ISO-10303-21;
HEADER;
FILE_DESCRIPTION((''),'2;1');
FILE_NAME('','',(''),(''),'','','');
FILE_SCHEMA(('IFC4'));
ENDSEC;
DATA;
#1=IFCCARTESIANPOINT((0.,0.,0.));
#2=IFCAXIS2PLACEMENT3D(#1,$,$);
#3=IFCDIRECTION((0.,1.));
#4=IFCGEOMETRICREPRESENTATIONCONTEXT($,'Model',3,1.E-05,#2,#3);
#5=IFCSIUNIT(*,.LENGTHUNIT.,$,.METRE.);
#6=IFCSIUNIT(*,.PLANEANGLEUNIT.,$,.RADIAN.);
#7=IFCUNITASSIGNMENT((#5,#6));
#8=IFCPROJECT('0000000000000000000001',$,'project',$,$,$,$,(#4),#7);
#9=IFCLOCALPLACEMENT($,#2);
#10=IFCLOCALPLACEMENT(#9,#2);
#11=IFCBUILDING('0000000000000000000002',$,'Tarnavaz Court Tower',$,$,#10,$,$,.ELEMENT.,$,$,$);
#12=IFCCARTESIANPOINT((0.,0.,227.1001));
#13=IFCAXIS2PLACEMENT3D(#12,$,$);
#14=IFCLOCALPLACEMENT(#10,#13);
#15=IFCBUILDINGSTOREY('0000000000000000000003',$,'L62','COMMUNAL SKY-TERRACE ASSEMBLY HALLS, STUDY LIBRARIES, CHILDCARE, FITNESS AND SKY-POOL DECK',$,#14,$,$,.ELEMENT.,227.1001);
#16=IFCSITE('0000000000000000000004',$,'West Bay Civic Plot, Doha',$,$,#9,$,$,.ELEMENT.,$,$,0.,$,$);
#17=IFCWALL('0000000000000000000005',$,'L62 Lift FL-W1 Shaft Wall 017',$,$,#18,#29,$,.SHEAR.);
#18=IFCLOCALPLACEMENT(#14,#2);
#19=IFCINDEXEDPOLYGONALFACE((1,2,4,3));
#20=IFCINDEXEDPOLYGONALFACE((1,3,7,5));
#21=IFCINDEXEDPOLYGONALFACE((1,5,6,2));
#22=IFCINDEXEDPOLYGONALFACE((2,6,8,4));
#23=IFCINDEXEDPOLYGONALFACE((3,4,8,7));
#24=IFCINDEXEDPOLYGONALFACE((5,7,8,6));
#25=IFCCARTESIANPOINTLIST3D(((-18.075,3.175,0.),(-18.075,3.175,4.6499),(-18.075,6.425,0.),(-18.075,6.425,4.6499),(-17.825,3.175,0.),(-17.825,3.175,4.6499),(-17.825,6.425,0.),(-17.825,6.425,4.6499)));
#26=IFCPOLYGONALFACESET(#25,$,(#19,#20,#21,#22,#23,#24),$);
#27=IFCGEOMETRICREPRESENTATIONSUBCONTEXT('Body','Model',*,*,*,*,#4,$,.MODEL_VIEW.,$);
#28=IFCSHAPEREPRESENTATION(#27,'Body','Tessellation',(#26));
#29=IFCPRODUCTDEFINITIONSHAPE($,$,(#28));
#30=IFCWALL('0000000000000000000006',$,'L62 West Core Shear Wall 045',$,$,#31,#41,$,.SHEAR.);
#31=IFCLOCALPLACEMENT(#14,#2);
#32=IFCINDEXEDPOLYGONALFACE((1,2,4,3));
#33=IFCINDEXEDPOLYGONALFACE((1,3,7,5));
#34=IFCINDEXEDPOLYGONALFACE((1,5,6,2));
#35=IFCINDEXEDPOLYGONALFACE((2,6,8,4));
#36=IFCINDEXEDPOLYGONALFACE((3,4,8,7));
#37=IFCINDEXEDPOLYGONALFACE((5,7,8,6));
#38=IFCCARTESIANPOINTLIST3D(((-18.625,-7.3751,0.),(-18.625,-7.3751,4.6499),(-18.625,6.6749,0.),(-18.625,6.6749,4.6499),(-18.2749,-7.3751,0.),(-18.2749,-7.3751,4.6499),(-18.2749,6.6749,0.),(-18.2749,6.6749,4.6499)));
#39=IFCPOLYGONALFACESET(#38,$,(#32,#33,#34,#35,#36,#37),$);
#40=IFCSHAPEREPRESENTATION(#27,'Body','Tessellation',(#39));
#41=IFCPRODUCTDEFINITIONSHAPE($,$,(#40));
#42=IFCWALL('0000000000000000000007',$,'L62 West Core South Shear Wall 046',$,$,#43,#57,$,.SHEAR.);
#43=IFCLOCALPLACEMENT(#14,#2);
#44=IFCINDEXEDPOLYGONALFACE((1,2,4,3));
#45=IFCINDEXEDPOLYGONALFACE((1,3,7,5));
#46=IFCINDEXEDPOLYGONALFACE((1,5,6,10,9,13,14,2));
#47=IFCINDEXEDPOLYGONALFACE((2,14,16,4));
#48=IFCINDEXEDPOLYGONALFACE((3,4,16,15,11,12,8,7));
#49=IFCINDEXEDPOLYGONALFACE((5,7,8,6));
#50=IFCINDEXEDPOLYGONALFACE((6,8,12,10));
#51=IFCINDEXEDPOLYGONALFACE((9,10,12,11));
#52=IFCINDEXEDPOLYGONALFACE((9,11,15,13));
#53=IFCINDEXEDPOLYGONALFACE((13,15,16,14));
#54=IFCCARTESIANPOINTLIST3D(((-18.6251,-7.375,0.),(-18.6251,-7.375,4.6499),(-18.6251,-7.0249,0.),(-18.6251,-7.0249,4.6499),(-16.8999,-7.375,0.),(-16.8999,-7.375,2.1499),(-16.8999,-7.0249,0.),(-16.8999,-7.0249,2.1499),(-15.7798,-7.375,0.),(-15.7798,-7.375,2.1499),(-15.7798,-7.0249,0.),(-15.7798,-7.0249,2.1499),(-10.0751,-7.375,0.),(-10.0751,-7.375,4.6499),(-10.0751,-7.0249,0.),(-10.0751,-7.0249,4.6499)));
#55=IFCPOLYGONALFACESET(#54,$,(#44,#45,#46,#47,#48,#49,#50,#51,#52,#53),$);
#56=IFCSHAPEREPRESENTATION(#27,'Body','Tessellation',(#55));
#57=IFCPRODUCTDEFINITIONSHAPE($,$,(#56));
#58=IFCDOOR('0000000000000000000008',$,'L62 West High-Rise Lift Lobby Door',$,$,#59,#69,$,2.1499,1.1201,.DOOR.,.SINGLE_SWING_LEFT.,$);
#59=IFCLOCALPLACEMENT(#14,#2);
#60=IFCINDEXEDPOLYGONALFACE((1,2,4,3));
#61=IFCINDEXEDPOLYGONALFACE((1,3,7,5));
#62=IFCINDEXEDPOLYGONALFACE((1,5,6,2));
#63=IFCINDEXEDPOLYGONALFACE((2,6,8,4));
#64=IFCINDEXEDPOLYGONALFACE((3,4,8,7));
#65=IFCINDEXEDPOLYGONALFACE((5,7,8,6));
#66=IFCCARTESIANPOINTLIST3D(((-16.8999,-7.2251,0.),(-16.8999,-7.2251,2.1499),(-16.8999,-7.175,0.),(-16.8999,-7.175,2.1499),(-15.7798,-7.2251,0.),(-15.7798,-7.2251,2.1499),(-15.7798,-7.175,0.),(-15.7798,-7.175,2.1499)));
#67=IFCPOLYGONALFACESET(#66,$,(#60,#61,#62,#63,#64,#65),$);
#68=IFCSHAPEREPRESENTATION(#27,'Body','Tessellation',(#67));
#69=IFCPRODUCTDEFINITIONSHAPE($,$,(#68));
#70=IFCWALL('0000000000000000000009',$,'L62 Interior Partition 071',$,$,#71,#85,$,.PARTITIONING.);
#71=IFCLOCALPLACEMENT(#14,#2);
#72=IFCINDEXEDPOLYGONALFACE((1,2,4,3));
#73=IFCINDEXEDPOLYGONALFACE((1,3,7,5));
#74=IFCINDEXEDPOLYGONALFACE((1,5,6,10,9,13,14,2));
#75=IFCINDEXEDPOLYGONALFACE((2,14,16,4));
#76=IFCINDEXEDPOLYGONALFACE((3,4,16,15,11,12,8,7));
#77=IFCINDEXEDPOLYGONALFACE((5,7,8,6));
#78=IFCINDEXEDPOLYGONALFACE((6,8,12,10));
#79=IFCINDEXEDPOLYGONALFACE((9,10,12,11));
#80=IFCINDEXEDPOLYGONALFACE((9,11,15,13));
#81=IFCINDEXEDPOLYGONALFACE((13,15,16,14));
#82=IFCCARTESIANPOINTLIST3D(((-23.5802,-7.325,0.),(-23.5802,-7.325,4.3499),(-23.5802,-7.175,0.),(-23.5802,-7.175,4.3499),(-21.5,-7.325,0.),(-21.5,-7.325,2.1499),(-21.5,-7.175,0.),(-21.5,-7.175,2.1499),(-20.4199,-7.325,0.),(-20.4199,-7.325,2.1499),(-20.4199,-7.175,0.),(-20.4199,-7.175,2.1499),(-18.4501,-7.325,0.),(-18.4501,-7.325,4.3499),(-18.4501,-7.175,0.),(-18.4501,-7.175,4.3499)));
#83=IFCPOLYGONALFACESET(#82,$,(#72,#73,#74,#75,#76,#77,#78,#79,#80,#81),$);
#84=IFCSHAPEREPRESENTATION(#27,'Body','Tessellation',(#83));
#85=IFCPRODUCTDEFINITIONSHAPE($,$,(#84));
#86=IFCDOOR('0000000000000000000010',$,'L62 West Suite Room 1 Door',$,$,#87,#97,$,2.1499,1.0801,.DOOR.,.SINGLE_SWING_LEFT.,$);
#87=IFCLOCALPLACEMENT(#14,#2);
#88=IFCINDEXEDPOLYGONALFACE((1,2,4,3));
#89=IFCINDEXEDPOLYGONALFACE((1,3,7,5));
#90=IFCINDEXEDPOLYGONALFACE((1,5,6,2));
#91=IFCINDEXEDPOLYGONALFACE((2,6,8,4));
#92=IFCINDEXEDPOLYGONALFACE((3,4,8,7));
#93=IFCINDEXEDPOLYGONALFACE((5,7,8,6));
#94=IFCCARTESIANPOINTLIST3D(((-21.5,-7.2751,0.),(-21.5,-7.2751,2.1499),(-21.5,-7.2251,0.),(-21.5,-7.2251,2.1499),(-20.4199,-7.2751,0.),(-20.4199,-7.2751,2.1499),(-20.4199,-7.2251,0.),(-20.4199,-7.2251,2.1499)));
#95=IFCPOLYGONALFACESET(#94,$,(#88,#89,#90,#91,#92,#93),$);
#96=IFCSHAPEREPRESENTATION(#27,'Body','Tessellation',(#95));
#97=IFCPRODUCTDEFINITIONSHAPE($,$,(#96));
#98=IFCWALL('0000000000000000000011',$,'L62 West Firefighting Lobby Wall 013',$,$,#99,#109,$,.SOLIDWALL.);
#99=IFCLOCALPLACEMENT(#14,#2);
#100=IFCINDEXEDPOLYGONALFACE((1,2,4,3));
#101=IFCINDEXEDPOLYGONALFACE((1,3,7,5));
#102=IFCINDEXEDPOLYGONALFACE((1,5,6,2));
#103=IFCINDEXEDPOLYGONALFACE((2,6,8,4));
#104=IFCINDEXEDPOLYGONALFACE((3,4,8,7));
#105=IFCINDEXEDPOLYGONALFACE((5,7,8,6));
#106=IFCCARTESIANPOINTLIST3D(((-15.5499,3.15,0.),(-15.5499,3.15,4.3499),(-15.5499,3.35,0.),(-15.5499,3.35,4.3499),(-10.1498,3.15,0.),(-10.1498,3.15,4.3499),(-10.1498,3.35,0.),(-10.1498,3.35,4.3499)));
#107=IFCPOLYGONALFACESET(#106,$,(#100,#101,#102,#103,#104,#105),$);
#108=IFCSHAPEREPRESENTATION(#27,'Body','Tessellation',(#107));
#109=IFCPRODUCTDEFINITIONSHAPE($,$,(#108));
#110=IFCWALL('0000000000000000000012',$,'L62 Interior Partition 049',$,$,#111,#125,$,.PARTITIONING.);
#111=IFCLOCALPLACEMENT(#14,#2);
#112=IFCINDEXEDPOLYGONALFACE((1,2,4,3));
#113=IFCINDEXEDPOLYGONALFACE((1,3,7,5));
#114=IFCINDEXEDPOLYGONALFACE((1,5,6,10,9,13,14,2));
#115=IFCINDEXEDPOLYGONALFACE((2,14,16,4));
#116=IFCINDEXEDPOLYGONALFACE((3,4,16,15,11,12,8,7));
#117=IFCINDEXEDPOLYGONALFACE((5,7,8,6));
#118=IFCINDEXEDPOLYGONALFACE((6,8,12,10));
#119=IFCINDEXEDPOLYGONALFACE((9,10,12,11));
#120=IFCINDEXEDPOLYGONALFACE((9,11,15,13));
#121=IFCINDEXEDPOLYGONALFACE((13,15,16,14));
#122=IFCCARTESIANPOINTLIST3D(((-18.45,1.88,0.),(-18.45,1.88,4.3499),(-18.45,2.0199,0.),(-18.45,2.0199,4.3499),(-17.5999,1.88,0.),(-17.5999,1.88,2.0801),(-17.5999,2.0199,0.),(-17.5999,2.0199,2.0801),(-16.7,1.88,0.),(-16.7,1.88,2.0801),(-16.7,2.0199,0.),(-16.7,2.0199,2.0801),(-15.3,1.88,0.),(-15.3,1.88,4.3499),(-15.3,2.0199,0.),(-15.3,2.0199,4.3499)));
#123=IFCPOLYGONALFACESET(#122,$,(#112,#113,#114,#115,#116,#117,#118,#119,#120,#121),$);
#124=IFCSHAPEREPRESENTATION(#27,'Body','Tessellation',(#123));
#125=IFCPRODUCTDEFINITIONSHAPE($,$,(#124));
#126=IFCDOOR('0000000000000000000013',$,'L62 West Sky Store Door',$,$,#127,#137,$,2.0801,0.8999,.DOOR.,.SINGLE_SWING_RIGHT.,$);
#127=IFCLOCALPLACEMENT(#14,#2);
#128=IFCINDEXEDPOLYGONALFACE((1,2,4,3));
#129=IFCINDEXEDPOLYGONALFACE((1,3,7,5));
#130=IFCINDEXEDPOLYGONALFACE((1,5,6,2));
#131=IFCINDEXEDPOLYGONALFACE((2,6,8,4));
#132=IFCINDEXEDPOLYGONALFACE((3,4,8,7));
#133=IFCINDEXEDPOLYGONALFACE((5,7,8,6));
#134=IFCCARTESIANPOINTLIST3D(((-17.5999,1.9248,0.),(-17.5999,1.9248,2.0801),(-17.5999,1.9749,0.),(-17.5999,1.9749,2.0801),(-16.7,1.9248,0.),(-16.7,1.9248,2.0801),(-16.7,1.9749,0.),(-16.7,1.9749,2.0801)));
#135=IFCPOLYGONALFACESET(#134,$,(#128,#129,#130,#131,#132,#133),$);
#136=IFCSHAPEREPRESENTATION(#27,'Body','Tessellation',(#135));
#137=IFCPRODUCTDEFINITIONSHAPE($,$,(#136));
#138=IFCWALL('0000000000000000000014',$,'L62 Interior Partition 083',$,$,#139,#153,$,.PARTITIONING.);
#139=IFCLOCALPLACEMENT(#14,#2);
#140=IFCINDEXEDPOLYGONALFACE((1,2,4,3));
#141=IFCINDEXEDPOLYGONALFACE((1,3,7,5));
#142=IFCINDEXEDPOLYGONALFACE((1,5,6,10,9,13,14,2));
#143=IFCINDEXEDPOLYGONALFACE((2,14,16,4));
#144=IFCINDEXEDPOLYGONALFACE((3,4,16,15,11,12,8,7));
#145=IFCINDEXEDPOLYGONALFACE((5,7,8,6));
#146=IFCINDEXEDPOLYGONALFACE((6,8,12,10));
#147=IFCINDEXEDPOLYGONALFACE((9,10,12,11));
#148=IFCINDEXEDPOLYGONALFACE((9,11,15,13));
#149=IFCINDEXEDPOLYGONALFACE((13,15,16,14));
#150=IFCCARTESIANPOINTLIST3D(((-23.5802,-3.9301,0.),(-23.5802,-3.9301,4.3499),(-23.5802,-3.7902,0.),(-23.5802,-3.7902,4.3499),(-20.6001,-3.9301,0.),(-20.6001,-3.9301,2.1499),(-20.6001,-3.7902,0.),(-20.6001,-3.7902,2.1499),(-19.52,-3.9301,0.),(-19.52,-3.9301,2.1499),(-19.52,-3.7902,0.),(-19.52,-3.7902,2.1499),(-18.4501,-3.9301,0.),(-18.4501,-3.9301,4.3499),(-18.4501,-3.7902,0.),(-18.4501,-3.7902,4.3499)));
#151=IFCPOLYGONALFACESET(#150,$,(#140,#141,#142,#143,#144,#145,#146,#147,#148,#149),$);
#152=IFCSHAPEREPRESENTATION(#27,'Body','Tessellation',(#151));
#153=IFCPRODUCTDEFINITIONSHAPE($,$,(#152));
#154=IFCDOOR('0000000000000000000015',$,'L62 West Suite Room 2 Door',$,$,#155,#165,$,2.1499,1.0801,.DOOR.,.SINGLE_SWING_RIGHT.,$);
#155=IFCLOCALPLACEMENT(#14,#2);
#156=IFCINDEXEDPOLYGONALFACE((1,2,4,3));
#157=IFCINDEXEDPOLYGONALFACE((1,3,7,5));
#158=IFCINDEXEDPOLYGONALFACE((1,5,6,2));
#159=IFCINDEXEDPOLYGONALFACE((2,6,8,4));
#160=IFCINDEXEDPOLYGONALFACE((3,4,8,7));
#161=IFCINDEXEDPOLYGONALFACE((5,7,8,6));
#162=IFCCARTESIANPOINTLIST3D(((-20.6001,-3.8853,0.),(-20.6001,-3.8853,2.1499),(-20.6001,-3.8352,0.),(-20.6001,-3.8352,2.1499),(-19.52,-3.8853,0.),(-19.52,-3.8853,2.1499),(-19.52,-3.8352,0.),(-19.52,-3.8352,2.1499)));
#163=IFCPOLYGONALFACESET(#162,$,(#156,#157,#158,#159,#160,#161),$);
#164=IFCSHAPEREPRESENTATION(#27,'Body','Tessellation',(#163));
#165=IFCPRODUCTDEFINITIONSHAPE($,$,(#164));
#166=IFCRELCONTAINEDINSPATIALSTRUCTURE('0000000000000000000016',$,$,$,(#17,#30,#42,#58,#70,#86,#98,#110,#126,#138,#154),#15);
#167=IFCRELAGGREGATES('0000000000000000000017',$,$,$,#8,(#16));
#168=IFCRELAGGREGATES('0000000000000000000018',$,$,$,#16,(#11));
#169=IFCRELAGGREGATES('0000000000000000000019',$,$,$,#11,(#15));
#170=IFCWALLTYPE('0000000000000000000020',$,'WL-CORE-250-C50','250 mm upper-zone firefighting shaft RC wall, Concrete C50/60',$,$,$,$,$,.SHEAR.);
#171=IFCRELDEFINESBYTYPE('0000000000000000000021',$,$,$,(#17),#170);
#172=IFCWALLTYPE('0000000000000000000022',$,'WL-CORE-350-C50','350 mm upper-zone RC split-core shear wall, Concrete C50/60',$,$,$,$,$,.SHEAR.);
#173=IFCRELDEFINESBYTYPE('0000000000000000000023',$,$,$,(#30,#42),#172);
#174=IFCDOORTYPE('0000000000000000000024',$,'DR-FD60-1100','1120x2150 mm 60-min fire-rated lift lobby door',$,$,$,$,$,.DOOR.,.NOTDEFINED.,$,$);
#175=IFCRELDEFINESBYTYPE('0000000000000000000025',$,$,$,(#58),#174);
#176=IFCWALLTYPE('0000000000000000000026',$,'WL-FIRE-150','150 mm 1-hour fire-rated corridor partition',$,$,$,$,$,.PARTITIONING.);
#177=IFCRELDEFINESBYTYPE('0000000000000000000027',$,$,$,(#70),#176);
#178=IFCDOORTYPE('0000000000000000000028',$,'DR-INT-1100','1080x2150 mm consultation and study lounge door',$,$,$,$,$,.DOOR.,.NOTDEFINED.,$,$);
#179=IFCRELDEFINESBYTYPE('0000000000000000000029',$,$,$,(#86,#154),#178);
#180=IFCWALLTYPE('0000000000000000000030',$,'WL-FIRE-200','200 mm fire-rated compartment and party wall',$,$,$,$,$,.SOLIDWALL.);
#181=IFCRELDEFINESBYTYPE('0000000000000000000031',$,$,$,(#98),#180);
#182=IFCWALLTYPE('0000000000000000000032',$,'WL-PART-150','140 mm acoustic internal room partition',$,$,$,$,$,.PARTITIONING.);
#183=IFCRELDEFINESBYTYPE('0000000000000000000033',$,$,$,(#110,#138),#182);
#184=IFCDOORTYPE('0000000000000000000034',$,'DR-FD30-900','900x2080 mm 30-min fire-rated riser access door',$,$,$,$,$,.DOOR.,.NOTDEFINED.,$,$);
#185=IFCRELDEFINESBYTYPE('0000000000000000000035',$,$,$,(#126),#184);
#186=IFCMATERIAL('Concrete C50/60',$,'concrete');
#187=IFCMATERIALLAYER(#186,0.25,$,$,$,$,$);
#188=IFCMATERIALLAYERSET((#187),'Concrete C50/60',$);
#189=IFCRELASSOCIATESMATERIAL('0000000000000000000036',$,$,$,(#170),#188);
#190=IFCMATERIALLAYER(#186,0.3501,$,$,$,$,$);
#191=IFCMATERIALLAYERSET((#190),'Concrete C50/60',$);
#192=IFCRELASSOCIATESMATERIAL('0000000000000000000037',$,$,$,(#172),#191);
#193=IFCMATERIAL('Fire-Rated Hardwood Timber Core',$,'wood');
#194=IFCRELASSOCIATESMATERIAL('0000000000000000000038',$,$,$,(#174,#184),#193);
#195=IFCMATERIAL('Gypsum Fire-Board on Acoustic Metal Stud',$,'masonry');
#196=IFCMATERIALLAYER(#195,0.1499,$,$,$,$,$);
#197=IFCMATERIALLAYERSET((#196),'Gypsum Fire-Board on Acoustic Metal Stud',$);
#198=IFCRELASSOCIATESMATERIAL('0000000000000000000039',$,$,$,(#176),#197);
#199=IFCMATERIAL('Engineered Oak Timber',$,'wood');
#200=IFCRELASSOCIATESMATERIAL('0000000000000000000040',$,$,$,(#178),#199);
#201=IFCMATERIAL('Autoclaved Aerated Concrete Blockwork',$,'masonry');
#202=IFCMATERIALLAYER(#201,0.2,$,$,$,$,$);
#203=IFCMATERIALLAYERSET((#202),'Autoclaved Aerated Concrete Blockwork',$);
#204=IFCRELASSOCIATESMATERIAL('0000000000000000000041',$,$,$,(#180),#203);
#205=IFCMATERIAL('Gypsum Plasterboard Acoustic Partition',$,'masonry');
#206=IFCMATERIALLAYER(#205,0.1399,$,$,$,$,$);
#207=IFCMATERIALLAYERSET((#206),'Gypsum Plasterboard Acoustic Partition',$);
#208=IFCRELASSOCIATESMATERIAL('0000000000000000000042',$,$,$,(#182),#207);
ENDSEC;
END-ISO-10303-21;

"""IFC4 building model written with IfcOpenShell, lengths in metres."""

from ifc_helpers import new_model, si_unit, direction, frame, frame_2d, origin, place, context, subcontext, project, spatial, rectangle, extrude, material, layer, layer_set, type_object, element, fill, save


model = new_model("IFC4")

# Units and contexts
model_context = context("Model", 3, precision=1e-05, world=origin(), true_north=direction((0.0, 1.0)))
body_context = subcontext(model_context, "Body", "Model", "MODEL_VIEW")
ifc_project = project(units=[si_unit("LENGTHUNIT", "METRE"), si_unit("PLANEANGLEUNIT", "RADIAN")], contexts=[model_context])

# Site, building, storey
site_placement = place(None, origin())
site = spatial("IfcSite", under=ifc_project, at=site_placement, Name="West Bay Civic Plot, Doha", CompositionType="ELEMENT", RefElevation=0.0)
building_placement = place(site_placement, origin())
building = spatial("IfcBuilding", under=site, at=building_placement, Name="Tarnavaz Court Tower", CompositionType="ELEMENT")
storey_placement = place(building_placement, frame((0.0, 0.0, 227.1001)))
storey = spatial("IfcBuildingStorey", under=building, at=storey_placement, Name="L62", Description="COMMUNAL SKY-TERRACE ASSEMBLY HALLS, STUDY LIBRARIES, CHILDCARE, FITNESS AND SKY-POOL DECK", CompositionType="ELEMENT", Elevation=227.1001)

# Shared definitions
ifc_material_1 = material(Name="Concrete C50/60", Category="concrete")

# Wall
ifc_layer_1 = layer(ifc_material_1, 0.25)
ifc_layer_set_1 = layer_set([ifc_layer_1], Name="Concrete C50/60")
wall_type_1 = type_object("IfcWallType", Name="WL-CORE-250-C50", Description="250 mm upper-zone firefighting shaft RC wall, Concrete C50/60", PredefinedType="SHEAR", material=ifc_layer_set_1)
wall_1_placement = place(storey_placement, frame((-17.95, 3.175, 0.0), z_axis=(0.0, 0.0, 1.0), x_axis=(0.0, 1.0, 0.0)))
element("IfcWall", 1, at=wall_1_placement, inside=storey, type_object=wall_type_1, Name="L62 Lift FL-W1 Shaft Wall 017", PredefinedType="SHEAR", context=body_context, shape_type="SweptSolid", body=[
    extrude(rectangle(XDim=3.25, YDim=0.25, at=frame_2d((1.625, 0.0))), origin(), (0.0, 0.0, 1.0), 4.6499),
])

# Wall
ifc_layer_2 = layer(ifc_material_1, 0.3501)
ifc_layer_set_2 = layer_set([ifc_layer_2], Name="Concrete C50/60")
wall_type_2 = type_object("IfcWallType", Name="WL-CORE-350-C50", Description="350 mm upper-zone RC split-core shear wall, Concrete C50/60", PredefinedType="SHEAR", material=ifc_layer_set_2)
wall_2_placement = place(storey_placement, frame((-18.45, -7.375, 0.0), z_axis=(0.0, 0.0, 1.0), x_axis=(0.0, 1.0, 0.0)))
element("IfcWall", 2, at=wall_2_placement, inside=storey, type_object=wall_type_2, Name="L62 West Core Shear Wall 045", PredefinedType="SHEAR", context=body_context, shape_type="SweptSolid", body=[
    extrude(rectangle(XDim=14.05, YDim=0.3501, at=frame_2d((7.0249, 0.0))), origin(), (0.0, 0.0, 1.0), 4.6499),
])

# Walls, openings, doors
wall_3_placement = place(storey_placement, frame((-18.625, -7.2, 0.0), z_axis=(0.0, 0.0, 1.0), x_axis=(1.0, 0.0, 0.0)))
wall_3 = element("IfcWall", 3, at=wall_3_placement, inside=storey, type_object=wall_type_2, Name="L62 West Core South Shear Wall 046", PredefinedType="SHEAR", context=body_context, shape_type="SweptSolid", body=[
    extrude(rectangle(XDim=8.55, YDim=0.3501, at=frame_2d((4.2749, 0.0))), origin(), (0.0, 0.0, 1.0), 4.6499),
])
opening_1_placement = place(wall_3_placement, frame((1.7251, 0.0, 0.0)))
opening_1 = element("IfcOpeningElement", 4, at=opening_1_placement, cuts=wall_3, PredefinedType="OPENING", context=body_context, shape_type="SweptSolid", body=[
    extrude(rectangle(XDim=1.1201, YDim=2.1499, at=frame_2d((0.5601, 1.075))), frame((0.0, 0.1851, 0.0), z_axis=(0.0, -1.0, 0.0), x_axis=(1.0, 0.0, 0.0)), (0.0, 0.0, 1.0), 0.3701),
])
ifc_material_2 = material(Name="Fire-Rated Hardwood Timber Core", Category="wood")
door_type_1 = type_object("IfcDoorType", Name="DR-FD60-1100", Description="1120x2150 mm 60-min fire-rated lift lobby door", OperationType="NOTDEFINED", PredefinedType="DOOR", material=ifc_material_2)
door_1_placement = place(opening_1_placement, origin())
door_1 = element("IfcDoor", 5, at=door_1_placement, inside=storey, type_object=door_type_1, Name="L62 West High-Rise Lift Lobby Door", OperationType="SINGLE_SWING_LEFT", OverallHeight=2.1499, OverallWidth=1.1201, PredefinedType="DOOR", context=body_context, shape_type="SweptSolid", body=[
    extrude(rectangle(XDim=1.1201, YDim=2.1499, at=frame_2d((0.5601, 1.075))), frame((0.0, 0.0249, 0.0), z_axis=(0.0, -1.0, 0.0), x_axis=(1.0, 0.0, 0.0)), (0.0, 0.0, 1.0), 0.05),
])
fill(opening_1, door_1)
ifc_material_3 = material(Name="Gypsum Fire-Board on Acoustic Metal Stud", Category="masonry")
ifc_layer_3 = layer(ifc_material_3, 0.1499)
ifc_layer_set_3 = layer_set([ifc_layer_3], Name="Gypsum Fire-Board on Acoustic Metal Stud")
wall_type_3 = type_object("IfcWallType", Name="WL-FIRE-150", Description="150 mm 1-hour fire-rated corridor partition", PredefinedType="PARTITIONING", material=ifc_layer_set_3)
wall_4_placement = place(storey_placement, frame((-23.5801, -7.25, 0.0), z_axis=(0.0, 0.0, 1.0), x_axis=(1.0, 0.0, 0.0)))
wall_4 = element("IfcWall", 6, at=wall_4_placement, inside=storey, type_object=wall_type_3, Name="L62 Interior Partition 071", PredefinedType="PARTITIONING", context=body_context, shape_type="SweptSolid", body=[
    extrude(rectangle(XDim=5.1301, YDim=0.1499, at=frame_2d((2.5649, 0.0))), origin(), (0.0, 0.0, 1.0), 4.3499),
])
opening_2_placement = place(wall_4_placement, frame((2.0801, 0.0, 0.0)))
opening_2 = element("IfcOpeningElement", 7, at=opening_2_placement, cuts=wall_4, PredefinedType="OPENING", context=body_context, shape_type="SweptSolid", body=[
    extrude(rectangle(XDim=1.0801, YDim=2.1499, at=frame_2d((0.54, 1.075))), frame((0.0, 0.085, 0.0), z_axis=(0.0, -1.0, 0.0), x_axis=(1.0, 0.0, 0.0)), (0.0, 0.0, 1.0), 0.1699),
])
ifc_material_4 = material(Name="Engineered Oak Timber", Category="wood")
door_type_2 = type_object("IfcDoorType", Name="DR-INT-1100", Description="1080x2150 mm consultation and study lounge door", OperationType="NOTDEFINED", PredefinedType="DOOR", material=ifc_material_4)
door_2_placement = place(opening_2_placement, origin())
door_2 = element("IfcDoor", 8, at=door_2_placement, inside=storey, type_object=door_type_2, Name="L62 West Suite Room 1 Door", OperationType="SINGLE_SWING_LEFT", OverallHeight=2.1499, OverallWidth=1.0801, PredefinedType="DOOR", context=body_context, shape_type="SweptSolid", body=[
    extrude(rectangle(XDim=1.0801, YDim=2.1499, at=frame_2d((0.54, 1.075))), frame((0.0, 0.0249, 0.0), z_axis=(0.0, -1.0, 0.0), x_axis=(1.0, 0.0, 0.0)), (0.0, 0.0, 1.0), 0.05),
])
fill(opening_2, door_2)

# Wall
ifc_material_5 = material(Name="Autoclaved Aerated Concrete Blockwork", Category="masonry")
ifc_layer_4 = layer(ifc_material_5, 0.2)
ifc_layer_set_4 = layer_set([ifc_layer_4], Name="Autoclaved Aerated Concrete Blockwork")
wall_type_4 = type_object("IfcWallType", Name="WL-FIRE-200", Description="200 mm fire-rated compartment and party wall", PredefinedType="SOLIDWALL", material=ifc_layer_set_4)
wall_5_placement = place(storey_placement, frame((-15.55, 3.25, 0.0), z_axis=(0.0, 0.0, 1.0), x_axis=(1.0, 0.0, 0.0)))
element("IfcWall", 9, at=wall_5_placement, inside=storey, type_object=wall_type_4, Name="L62 West Firefighting Lobby Wall 013", PredefinedType="SOLIDWALL", context=body_context, shape_type="SweptSolid", body=[
    extrude(rectangle(XDim=5.4001, YDim=0.2, at=frame_2d((2.7002, 0.0))), origin(), (0.0, 0.0, 1.0), 4.3499),
])

# Walls, openings, doors
ifc_material_6 = material(Name="Gypsum Plasterboard Acoustic Partition", Category="masonry")
ifc_layer_5 = layer(ifc_material_6, 0.1399)
ifc_layer_set_5 = layer_set([ifc_layer_5], Name="Gypsum Plasterboard Acoustic Partition")
wall_type_5 = type_object("IfcWallType", Name="WL-PART-150", Description="140 mm acoustic internal room partition", PredefinedType="PARTITIONING", material=ifc_layer_set_5)
wall_6_placement = place(storey_placement, frame((-18.45, 1.95, 0.0), z_axis=(0.0, 0.0, 1.0), x_axis=(1.0, 0.0, 0.0)))
wall_6 = element("IfcWall", 10, at=wall_6_placement, inside=storey, type_object=wall_type_5, Name="L62 Interior Partition 049", PredefinedType="PARTITIONING", context=body_context, shape_type="SweptSolid", body=[
    extrude(rectangle(XDim=3.1499, YDim=0.1399, at=frame_2d((1.575, 0.0))), origin(), (0.0, 0.0, 1.0), 4.3499),
])
opening_3_placement = place(wall_6_placement, frame((0.8501, 0.0, 0.0)))
opening_3 = element("IfcOpeningElement", 11, at=opening_3_placement, cuts=wall_6, PredefinedType="OPENING", context=body_context, shape_type="SweptSolid", body=[
    extrude(rectangle(XDim=0.8999, YDim=2.0801, at=frame_2d((0.45, 1.04))), frame((0.0, 0.0798, 0.0), z_axis=(0.0, -1.0, 0.0), x_axis=(1.0, 0.0, 0.0)), (0.0, 0.0, 1.0), 0.1599),
])
door_type_3 = type_object("IfcDoorType", Name="DR-FD30-900", Description="900x2080 mm 30-min fire-rated riser access door", OperationType="NOTDEFINED", PredefinedType="DOOR", material=ifc_material_2)
door_3_placement = place(opening_3_placement, origin())
door_3 = element("IfcDoor", 12, at=door_3_placement, inside=storey, type_object=door_type_3, Name="L62 West Sky Store Door", OperationType="SINGLE_SWING_RIGHT", OverallHeight=2.0801, OverallWidth=0.8999, PredefinedType="DOOR", context=body_context, shape_type="SweptSolid", body=[
    extrude(rectangle(XDim=0.8999, YDim=2.0801, at=frame_2d((0.45, 1.04))), frame((0.0, 0.0249, 0.0), z_axis=(0.0, -1.0, 0.0), x_axis=(1.0, 0.0, 0.0)), (0.0, 0.0, 1.0), 0.05),
])
fill(opening_3, door_3)
wall_7_placement = place(storey_placement, frame((-23.5801, -3.8601, 0.0), z_axis=(0.0, 0.0, 1.0), x_axis=(1.0, 0.0, 0.0)))
wall_7 = element("IfcWall", 13, at=wall_7_placement, inside=storey, type_object=wall_type_5, Name="L62 Interior Partition 083", PredefinedType="PARTITIONING", context=body_context, shape_type="SweptSolid", body=[
    extrude(rectangle(XDim=5.1301, YDim=0.1399, at=frame_2d((2.5649, 0.0))), origin(), (0.0, 0.0, 1.0), 4.3499),
])
opening_4_placement = place(wall_7_placement, frame((2.98, 0.0, 0.0)))
opening_4 = element("IfcOpeningElement", 14, at=opening_4_placement, cuts=wall_7, PredefinedType="OPENING", context=body_context, shape_type="SweptSolid", body=[
    extrude(rectangle(XDim=1.0801, YDim=2.1499, at=frame_2d((0.54, 1.075))), frame((0.0, 0.0798, 0.0), z_axis=(0.0, -1.0, 0.0), x_axis=(1.0, 0.0, 0.0)), (0.0, 0.0, 1.0), 0.1599),
])
door_4_placement = place(opening_4_placement, origin())
door_4 = element("IfcDoor", 15, at=door_4_placement, inside=storey, type_object=door_type_2, Name="L62 West Suite Room 2 Door", OperationType="SINGLE_SWING_RIGHT", OverallHeight=2.1499, OverallWidth=1.0801, PredefinedType="DOOR", context=body_context, shape_type="SweptSolid", body=[
    extrude(rectangle(XDim=1.0801, YDim=2.1499, at=frame_2d((0.54, 1.075))), frame((0.0, 0.0249, 0.0), z_axis=(0.0, -1.0, 0.0), x_axis=(1.0, 0.0, 0.0)), (0.0, 0.0, 1.0), 0.05),
])
fill(opening_4, door_4)

save(model, "model.ifc")
